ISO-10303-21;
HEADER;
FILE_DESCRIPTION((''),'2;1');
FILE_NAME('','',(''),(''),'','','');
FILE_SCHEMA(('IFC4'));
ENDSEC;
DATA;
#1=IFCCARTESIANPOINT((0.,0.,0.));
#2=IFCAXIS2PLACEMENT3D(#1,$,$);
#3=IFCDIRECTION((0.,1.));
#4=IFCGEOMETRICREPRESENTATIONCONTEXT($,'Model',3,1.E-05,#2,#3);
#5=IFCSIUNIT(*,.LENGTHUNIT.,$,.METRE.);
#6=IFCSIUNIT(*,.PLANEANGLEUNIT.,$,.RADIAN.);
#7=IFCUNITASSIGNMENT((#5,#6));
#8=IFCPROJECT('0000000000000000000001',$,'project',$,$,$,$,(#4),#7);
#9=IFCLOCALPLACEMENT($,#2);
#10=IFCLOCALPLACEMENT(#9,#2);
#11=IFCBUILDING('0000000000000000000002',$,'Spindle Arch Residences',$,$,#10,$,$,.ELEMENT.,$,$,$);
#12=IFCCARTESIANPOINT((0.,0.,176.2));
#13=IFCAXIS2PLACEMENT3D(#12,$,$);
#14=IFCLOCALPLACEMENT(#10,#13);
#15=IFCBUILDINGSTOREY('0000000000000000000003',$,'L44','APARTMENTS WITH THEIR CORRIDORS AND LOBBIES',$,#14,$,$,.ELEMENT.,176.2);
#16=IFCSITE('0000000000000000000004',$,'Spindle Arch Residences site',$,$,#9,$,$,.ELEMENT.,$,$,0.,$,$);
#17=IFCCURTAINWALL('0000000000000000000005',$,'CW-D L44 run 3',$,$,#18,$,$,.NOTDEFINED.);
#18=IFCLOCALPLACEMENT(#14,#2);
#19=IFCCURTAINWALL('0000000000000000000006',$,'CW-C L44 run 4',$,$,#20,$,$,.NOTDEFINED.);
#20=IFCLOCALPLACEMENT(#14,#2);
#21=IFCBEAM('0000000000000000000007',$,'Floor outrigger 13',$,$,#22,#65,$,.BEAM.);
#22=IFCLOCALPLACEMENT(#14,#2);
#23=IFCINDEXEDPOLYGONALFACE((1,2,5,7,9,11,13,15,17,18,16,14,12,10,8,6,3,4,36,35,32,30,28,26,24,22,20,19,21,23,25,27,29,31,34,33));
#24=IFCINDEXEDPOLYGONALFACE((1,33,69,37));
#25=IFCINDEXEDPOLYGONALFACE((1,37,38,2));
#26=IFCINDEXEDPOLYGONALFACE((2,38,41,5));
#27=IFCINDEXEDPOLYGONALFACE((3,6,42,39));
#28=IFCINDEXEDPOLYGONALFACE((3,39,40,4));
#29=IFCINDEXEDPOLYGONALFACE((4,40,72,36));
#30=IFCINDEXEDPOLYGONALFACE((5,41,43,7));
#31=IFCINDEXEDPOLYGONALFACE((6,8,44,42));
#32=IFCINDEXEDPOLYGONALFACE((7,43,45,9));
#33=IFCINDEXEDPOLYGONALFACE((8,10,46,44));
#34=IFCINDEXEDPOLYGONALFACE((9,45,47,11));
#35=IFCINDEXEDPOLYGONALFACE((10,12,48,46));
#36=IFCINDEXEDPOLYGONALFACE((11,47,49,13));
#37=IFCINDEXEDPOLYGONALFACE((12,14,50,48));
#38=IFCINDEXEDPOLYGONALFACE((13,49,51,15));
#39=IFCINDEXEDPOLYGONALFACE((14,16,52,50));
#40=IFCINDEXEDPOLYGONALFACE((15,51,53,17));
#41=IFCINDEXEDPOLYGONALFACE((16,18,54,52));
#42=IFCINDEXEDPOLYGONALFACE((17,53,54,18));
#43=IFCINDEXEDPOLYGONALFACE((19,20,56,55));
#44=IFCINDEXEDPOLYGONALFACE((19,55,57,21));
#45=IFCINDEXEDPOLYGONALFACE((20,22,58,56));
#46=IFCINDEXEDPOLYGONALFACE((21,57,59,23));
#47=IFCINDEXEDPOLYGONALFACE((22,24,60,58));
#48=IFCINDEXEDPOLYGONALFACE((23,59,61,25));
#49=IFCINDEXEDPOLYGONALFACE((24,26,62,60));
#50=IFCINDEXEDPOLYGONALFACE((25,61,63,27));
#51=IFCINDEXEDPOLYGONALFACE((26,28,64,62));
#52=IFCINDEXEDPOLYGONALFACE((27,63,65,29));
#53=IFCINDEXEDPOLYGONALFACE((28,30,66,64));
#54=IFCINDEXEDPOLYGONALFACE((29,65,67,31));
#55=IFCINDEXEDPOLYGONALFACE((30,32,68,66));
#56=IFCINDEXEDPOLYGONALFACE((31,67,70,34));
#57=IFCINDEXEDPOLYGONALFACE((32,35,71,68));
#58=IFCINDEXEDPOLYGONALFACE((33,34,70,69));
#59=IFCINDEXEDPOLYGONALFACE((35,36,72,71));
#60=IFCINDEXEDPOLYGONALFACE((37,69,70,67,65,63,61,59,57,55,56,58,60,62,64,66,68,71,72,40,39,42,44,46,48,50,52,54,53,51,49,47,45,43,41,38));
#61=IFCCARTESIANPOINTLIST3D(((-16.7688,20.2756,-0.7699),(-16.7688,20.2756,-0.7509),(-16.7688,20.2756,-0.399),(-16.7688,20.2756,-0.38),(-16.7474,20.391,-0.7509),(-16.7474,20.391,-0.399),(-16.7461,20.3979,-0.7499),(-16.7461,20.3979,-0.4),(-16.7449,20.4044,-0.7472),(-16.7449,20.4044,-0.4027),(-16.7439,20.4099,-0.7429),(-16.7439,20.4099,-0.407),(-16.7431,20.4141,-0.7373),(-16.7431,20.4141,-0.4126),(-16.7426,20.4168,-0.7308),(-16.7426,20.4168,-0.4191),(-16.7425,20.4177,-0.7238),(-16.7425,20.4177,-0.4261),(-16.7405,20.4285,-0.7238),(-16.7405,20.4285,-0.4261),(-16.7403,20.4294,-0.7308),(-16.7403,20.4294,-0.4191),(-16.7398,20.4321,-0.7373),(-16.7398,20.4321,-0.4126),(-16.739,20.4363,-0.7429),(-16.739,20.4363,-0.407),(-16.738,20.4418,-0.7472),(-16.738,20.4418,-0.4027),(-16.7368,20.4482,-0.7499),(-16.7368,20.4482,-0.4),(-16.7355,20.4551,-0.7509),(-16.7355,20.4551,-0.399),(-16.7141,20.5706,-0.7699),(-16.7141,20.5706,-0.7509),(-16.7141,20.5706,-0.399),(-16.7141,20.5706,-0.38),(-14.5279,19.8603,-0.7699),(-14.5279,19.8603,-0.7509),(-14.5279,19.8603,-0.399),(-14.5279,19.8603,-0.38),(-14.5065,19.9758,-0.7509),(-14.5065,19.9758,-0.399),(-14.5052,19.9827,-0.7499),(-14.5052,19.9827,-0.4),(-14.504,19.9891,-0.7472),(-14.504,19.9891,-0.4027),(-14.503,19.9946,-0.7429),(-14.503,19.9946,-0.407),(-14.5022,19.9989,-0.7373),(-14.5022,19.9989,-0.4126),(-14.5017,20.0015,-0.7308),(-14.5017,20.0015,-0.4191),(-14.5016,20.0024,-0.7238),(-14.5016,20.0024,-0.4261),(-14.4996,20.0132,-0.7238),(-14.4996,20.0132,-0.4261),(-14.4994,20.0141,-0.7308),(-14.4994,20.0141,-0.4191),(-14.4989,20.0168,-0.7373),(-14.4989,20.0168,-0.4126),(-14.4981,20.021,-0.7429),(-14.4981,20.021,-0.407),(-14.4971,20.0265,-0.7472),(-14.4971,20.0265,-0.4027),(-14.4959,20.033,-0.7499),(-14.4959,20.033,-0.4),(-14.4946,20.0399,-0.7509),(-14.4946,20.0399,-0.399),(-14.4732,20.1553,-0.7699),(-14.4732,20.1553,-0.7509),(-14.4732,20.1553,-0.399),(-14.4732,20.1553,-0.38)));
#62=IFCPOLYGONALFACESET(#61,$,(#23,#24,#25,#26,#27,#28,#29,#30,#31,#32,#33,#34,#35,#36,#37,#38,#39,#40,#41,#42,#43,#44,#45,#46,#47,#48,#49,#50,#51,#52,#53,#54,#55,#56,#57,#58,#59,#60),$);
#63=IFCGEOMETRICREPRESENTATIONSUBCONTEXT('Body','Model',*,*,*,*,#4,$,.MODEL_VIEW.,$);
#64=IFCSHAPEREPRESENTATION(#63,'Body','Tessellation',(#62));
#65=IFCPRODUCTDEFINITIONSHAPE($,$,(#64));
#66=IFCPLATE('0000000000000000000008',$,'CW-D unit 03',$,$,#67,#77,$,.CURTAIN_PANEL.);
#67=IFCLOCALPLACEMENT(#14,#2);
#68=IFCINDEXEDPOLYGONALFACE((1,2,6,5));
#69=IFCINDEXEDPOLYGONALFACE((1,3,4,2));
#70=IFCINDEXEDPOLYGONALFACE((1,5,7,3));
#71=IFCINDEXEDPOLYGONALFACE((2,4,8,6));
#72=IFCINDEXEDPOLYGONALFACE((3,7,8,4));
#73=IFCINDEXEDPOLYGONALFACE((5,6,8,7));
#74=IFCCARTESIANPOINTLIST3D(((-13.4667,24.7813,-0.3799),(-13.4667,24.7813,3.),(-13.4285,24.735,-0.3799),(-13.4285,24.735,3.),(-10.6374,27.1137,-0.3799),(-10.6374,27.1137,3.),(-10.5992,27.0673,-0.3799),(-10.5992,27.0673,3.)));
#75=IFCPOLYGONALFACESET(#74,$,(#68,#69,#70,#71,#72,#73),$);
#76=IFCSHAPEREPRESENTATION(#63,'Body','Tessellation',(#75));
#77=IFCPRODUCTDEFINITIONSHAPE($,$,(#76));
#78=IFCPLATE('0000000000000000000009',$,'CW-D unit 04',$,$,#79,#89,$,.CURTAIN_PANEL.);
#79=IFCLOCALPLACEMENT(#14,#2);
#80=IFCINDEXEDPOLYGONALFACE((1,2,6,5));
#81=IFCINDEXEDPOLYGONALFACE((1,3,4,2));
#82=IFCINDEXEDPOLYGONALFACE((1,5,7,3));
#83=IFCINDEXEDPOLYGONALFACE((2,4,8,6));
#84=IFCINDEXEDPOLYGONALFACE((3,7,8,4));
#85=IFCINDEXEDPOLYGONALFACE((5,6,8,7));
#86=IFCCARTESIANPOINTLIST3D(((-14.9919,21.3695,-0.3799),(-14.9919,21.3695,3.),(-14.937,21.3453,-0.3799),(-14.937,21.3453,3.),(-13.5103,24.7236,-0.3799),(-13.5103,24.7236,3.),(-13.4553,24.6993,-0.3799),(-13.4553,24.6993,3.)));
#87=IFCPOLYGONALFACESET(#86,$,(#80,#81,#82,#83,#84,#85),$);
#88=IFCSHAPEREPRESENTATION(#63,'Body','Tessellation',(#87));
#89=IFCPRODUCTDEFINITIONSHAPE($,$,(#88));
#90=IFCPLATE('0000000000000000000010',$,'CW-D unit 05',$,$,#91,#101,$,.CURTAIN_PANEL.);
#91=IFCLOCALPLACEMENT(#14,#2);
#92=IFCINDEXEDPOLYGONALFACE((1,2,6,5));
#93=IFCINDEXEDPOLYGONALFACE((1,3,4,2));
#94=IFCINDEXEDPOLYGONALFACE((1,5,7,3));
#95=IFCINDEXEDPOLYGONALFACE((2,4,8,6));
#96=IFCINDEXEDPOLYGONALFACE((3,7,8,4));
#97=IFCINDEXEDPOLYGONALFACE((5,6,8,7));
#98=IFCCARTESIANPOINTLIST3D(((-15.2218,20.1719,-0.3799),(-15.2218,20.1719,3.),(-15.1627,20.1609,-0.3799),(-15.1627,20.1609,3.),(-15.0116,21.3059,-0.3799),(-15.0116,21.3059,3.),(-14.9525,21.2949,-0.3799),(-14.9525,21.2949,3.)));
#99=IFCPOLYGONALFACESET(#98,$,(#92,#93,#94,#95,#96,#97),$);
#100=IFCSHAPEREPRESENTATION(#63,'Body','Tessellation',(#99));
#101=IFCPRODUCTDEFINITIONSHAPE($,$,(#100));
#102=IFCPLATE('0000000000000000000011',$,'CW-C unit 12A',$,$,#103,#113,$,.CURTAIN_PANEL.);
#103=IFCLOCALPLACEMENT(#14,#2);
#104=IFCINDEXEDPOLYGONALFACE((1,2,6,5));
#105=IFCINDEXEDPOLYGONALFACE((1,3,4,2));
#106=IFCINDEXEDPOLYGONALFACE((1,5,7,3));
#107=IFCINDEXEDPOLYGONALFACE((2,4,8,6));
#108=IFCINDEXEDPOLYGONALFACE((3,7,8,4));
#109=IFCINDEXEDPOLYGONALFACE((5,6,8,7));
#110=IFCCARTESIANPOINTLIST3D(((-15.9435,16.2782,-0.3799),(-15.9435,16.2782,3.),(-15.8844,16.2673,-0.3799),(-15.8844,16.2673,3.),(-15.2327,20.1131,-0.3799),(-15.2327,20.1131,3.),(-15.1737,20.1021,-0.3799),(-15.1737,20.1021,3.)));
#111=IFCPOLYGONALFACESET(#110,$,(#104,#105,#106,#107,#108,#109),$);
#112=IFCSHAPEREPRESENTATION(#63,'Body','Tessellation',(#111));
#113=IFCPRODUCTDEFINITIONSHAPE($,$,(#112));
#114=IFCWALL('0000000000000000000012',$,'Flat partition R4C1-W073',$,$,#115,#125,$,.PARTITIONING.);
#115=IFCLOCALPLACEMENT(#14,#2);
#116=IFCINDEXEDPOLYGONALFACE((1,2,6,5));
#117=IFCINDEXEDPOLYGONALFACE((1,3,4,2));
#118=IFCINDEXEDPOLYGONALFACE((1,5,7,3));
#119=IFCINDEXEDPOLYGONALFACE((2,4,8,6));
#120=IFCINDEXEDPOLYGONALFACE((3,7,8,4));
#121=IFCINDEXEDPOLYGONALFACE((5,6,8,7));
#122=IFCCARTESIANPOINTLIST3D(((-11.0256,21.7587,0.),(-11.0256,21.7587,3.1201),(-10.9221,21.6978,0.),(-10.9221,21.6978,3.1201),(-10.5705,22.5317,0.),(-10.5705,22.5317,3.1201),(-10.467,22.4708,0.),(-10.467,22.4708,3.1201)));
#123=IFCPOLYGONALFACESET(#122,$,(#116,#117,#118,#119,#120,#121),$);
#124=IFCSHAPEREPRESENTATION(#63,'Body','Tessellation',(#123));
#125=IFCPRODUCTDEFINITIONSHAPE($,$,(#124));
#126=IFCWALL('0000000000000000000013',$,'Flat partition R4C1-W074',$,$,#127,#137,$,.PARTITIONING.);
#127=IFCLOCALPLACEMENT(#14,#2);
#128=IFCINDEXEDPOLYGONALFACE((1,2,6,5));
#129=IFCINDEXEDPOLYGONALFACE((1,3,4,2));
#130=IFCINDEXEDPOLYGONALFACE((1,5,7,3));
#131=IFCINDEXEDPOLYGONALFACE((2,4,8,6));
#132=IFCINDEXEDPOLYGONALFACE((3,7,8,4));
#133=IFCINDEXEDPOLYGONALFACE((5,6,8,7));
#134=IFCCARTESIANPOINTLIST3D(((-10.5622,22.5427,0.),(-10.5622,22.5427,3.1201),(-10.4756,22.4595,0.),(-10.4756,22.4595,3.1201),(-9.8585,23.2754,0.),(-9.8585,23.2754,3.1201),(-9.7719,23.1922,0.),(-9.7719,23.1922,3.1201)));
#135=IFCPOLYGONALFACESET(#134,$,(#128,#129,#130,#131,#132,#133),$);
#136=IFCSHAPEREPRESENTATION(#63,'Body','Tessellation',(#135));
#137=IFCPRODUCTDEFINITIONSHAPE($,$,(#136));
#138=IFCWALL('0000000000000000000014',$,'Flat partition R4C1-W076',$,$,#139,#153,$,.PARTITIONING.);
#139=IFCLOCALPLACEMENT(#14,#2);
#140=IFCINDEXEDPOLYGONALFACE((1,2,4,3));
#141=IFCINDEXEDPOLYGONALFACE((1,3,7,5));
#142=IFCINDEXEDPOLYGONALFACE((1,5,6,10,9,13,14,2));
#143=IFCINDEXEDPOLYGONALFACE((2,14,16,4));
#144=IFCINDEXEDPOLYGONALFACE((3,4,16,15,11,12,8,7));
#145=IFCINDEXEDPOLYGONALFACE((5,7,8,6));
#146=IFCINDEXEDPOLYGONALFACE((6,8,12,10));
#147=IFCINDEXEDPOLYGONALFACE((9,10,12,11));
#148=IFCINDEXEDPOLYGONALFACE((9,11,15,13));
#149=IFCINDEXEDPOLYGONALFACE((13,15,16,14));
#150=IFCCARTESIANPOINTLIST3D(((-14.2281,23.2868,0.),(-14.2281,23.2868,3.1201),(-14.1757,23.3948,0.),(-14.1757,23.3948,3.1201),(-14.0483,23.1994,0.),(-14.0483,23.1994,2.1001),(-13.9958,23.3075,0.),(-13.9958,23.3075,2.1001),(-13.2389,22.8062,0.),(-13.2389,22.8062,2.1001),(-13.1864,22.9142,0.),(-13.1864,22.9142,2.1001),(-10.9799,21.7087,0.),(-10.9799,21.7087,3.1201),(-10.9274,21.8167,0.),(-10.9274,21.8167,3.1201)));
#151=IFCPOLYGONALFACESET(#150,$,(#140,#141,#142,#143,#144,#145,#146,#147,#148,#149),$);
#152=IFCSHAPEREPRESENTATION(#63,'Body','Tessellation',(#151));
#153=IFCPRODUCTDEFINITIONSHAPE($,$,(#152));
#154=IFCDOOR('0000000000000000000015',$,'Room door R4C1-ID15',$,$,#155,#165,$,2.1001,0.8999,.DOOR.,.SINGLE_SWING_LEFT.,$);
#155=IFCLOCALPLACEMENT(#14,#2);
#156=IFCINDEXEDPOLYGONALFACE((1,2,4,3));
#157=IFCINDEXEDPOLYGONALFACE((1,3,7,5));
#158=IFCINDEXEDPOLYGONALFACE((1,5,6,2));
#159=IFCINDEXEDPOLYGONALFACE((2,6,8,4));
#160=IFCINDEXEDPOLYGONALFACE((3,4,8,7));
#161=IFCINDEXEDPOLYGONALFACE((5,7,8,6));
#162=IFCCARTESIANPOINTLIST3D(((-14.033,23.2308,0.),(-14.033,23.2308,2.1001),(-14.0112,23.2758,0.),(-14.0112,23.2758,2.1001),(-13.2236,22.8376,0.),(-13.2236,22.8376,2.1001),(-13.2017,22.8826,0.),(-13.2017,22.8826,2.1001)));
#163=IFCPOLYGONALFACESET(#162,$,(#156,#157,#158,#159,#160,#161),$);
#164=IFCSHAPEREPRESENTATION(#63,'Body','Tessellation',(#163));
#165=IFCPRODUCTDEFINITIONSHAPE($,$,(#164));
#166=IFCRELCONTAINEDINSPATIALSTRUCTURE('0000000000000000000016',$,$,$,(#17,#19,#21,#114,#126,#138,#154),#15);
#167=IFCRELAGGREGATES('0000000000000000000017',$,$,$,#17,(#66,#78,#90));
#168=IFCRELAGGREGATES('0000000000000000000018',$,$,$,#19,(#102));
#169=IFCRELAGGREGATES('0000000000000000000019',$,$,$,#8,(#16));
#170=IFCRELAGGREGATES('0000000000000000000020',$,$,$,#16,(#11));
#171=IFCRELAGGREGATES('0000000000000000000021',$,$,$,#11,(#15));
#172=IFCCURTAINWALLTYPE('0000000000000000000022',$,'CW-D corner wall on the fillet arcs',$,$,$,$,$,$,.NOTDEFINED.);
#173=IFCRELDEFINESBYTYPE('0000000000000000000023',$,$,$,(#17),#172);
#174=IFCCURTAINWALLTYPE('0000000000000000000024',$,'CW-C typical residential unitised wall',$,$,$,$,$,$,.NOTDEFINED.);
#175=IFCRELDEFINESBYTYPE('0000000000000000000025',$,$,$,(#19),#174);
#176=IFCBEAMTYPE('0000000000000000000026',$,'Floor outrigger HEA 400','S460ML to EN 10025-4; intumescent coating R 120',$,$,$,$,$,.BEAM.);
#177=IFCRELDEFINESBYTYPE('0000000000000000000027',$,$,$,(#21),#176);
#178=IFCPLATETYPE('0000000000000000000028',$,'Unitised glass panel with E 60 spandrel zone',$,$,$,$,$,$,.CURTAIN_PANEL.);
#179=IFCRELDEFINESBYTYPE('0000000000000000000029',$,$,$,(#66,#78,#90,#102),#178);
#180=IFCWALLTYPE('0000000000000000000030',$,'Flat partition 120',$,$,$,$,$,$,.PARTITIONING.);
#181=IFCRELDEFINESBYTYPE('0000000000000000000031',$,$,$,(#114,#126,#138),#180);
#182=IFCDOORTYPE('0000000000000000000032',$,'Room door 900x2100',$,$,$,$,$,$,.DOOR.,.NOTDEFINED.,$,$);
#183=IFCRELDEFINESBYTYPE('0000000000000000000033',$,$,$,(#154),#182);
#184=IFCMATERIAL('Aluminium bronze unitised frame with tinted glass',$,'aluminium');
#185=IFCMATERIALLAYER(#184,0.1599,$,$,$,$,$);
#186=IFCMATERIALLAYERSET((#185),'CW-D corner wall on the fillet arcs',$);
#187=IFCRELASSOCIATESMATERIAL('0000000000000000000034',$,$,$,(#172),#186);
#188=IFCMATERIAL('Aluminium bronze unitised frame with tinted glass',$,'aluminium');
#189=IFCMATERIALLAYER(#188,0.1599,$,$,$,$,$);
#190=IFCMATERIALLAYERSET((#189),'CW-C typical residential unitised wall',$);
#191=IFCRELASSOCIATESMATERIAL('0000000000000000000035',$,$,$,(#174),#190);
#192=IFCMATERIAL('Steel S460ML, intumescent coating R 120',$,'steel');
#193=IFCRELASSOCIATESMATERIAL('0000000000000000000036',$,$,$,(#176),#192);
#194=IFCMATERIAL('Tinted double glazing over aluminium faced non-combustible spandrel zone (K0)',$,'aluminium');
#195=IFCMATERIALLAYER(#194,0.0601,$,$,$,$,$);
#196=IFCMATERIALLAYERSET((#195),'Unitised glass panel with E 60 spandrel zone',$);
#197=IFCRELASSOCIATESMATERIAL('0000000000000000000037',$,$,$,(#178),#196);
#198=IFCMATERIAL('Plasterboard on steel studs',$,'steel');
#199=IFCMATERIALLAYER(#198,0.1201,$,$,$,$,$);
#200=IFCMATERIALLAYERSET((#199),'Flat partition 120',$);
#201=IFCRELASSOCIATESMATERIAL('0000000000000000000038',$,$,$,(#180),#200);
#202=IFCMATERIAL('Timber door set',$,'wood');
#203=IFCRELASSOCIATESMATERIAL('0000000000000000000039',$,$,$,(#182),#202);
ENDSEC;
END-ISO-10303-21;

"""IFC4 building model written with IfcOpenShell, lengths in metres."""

from ifc_helpers import new_model, si_unit, direction, frame, frame_2d, origin, origin_2d, place, context, subcontext, project, spatial, rectangle, i_section, extrude, material, layer, layer_set, material_profile, profile_set, type_object, element, fill, aggregate, save


model = new_model("IFC4")

# Units and contexts
model_context = context("Model", 3, precision=1e-05, world=origin(), true_north=direction((0.0, 1.0)))
body_context = subcontext(model_context, "Body", "Model", "MODEL_VIEW")
ifc_project = project(units=[si_unit("LENGTHUNIT", "METRE"), si_unit("PLANEANGLEUNIT", "RADIAN")], contexts=[model_context])

# Site, building, storey
site_placement = place(None, origin())
site = spatial("IfcSite", under=ifc_project, at=site_placement, Name="Spindle Arch Residences site", CompositionType="ELEMENT", RefElevation=0.0)
building_placement = place(site_placement, origin())
building = spatial("IfcBuilding", under=site, at=building_placement, Name="Spindle Arch Residences", CompositionType="ELEMENT")
storey_placement = place(building_placement, frame((0.0, 0.0, 176.2)))
storey = spatial("IfcBuildingStorey", under=building, at=storey_placement, Name="L44", Description="APARTMENTS WITH THEIR CORRIDORS AND LOBBIES", CompositionType="ELEMENT", Elevation=176.2)

# Curtain wall
ifc_material_1 = material(Name="Aluminium bronze unitised frame with tinted glass", Category="aluminium")
ifc_layer_1 = layer(ifc_material_1, 0.1599)
ifc_layer_set_1 = layer_set([ifc_layer_1], Name="CW-D corner wall on the fillet arcs")
curtain_wall_type_1 = type_object("IfcCurtainWallType", Name="CW-D corner wall on the fillet arcs", PredefinedType="NOTDEFINED", material=ifc_layer_set_1)
curtain_wall_1_placement = place(storey_placement, origin())
curtain_wall_1 = element("IfcCurtainWall", 1, at=curtain_wall_1_placement, inside=storey, type_object=curtain_wall_type_1, Name="CW-D L44 run 3", PredefinedType="NOTDEFINED")

# Curtain wall
ifc_material_2 = material(Name="Aluminium bronze unitised frame with tinted glass", Category="aluminium")
ifc_layer_2 = layer(ifc_material_2, 0.1599)
ifc_layer_set_2 = layer_set([ifc_layer_2], Name="CW-C typical residential unitised wall")
curtain_wall_type_2 = type_object("IfcCurtainWallType", Name="CW-C typical residential unitised wall", PredefinedType="NOTDEFINED", material=ifc_layer_set_2)
curtain_wall_2_placement = place(storey_placement, origin())
curtain_wall_2 = element("IfcCurtainWall", 2, at=curtain_wall_2_placement, inside=storey, type_object=curtain_wall_type_2, Name="CW-C L44 run 4", PredefinedType="NOTDEFINED")

# Beam
ifc_material_3 = material(Name="Steel S460ML, intumescent coating R 120", Category="steel")
ifc_material_profile_1 = material_profile(ifc_material_3, i_section(OverallWidth=0.3, OverallDepth=0.3899, WebThickness=0.011, FlangeThickness=0.019, FilletRadius=0.0271, at=origin_2d()), Name="HEA 400")
ifc_profile_set_1 = profile_set([ifc_material_profile_1], Name="Steel S460ML, intumescent coating R 120")
beam_type_1 = type_object("IfcBeamType", Name="Floor outrigger HEA 400", Description="S460ML to EN 10025-4; intumescent coating R 120", PredefinedType="BEAM", material=ifc_profile_set_1)
beam_1_placement = place(storey_placement, frame((-16.7415, 20.4231, -0.575), z_axis=(0.983259, -0.182212, 0.0), x_axis=(0.182212, 0.983259, 0.0)))
element("IfcBeam", 3, at=beam_1_placement, inside=storey, type_object=beam_type_1, Name="Floor outrigger 13", PredefinedType="BEAM", context=body_context, shape_type="SweptSolid", body=[
    extrude(i_section(OverallWidth=0.3, OverallDepth=0.3899, WebThickness=0.011, FlangeThickness=0.019, FilletRadius=0.0271, at=origin_2d()), origin(), (0.0, 0.0, 1.0), 2.2791),
])

# Plates
ifc_material_4 = material(Name="Tinted double glazing over aluminium faced non-combustible spandrel zone (K0)", Category="aluminium")
ifc_layer_3 = layer(ifc_material_4, 0.0601)
ifc_layer_set_3 = layer_set([ifc_layer_3], Name="Unitised glass panel with E 60 spandrel zone")
plate_type = type_object("IfcPlateType", Name="Unitised glass panel with E 60 spandrel zone", PredefinedType="CURTAIN_PANEL", material=ifc_layer_set_3)
plate_1_placement = place(storey_placement, frame((-12.033, 25.9243, -0.3799), z_axis=(0.0, 0.0, 1.0), x_axis=(-0.771625, -0.636078, 0.0)))
plate_1 = element("IfcPlate", 4, at=plate_1_placement, type_object=plate_type, Name="CW-D unit 03", PredefinedType="CURTAIN_PANEL", context=body_context, shape_type="SweptSolid", body=[
    extrude(rectangle(XDim=3.6667, YDim=0.0601, at=origin_2d()), origin(), (0.0, 0.0, 1.0), 3.3799),
])
plate_2_placement = place(storey_placement, frame((-14.2236, 23.0344, -0.3799), z_axis=(0.0, 0.0, 1.0), x_axis=(-0.404078, -0.914725, 0.0)))
plate_2 = element("IfcPlate", 5, at=plate_2_placement, type_object=plate_type, Name="CW-D unit 04", PredefinedType="CURTAIN_PANEL", context=body_context, shape_type="SweptSolid", body=[
    extrude(rectangle(XDim=3.6667, YDim=0.0601, at=origin_2d()), origin(), (0.0, 0.0, 1.0), 3.3799),
])
plate_3_placement = place(storey_placement, frame((-15.0872, 20.7334, -0.3799), z_axis=(0.0, 0.0, 1.0), x_axis=(-0.182236, -0.983255, 0.0)))
plate_3 = element("IfcPlate", 6, at=plate_3_placement, type_object=plate_type, Name="CW-D unit 05", PredefinedType="CURTAIN_PANEL", context=body_context, shape_type="SweptSolid", body=[
    extrude(rectangle(XDim=1.1533, YDim=0.0601, at=origin_2d()), origin(), (0.0, 0.0, 1.0), 3.3799),
])
aggregate(curtain_wall_1, [plate_1, plate_2, plate_3])
plate_4_placement = place(storey_placement, frame((-15.5586, 18.1902, -0.3799), z_axis=(0.0, 0.0, 1.0), x_axis=(-0.182236, -0.983255, 0.0)))
plate_4 = element("IfcPlate", 7, at=plate_4_placement, type_object=plate_type, Name="CW-C unit 12A", PredefinedType="CURTAIN_PANEL", context=body_context, shape_type="SweptSolid", body=[
    extrude(rectangle(XDim=3.9001, YDim=0.0601, at=origin_2d()), origin(), (0.0, 0.0, 1.0), 3.3799),
])
aggregate(curtain_wall_2, [plate_4])

# Walls
ifc_material_5 = material(Name="Plasterboard on steel studs", Category="steel")
ifc_layer_4 = layer(ifc_material_5, 0.1201)
ifc_layer_set_4 = layer_set([ifc_layer_4], Name="Flat partition 120")
wall_type = type_object("IfcWallType", Name="Flat partition 120", PredefinedType="PARTITIONING", material=ifc_layer_set_4)
wall_1_placement = place(storey_placement, frame((-10.9739, 21.7283, 0.0), z_axis=(0.0, 0.0, 1.0), x_axis=(0.507353, 0.861738, 0.0)))
element("IfcWall", 8, at=wall_1_placement, inside=storey, type_object=wall_type, Name="Flat partition R4C1-W073", PredefinedType="PARTITIONING", context=body_context, shape_type="SweptSolid", body=[
    extrude(rectangle(XDim=0.897, YDim=0.1201, at=frame_2d((0.4485, 0.0))), origin(), (0.0, 0.0, 1.0), 3.1201),
])
wall_2_placement = place(storey_placement, frame((-10.5188, 22.5012, 0.0), z_axis=(0.0, 0.0, 1.0), x_axis=(0.692662, 0.721262, 0.0)))
element("IfcWall", 9, at=wall_2_placement, inside=storey, type_object=wall_type, Name="Flat partition R4C1-W074", PredefinedType="PARTITIONING", context=body_context, shape_type="SweptSolid", body=[
    extrude(rectangle(XDim=1.0159, YDim=0.1201, at=frame_2d((0.5078, 0.0))), origin(), (0.0, 0.0, 1.0), 3.1201),
])

# Wall, opening, door
wall_3_placement = place(storey_placement, frame((-14.2019, 23.3408, 0.0), z_axis=(0.0, 0.0, 1.0), x_axis=(0.899466, -0.43699, 0.0)))
wall_3 = element("IfcWall", 10, at=wall_3_placement, inside=storey, type_object=wall_type, Name="Flat partition R4C1-W076", PredefinedType="PARTITIONING", context=body_context, shape_type="SweptSolid", body=[
    extrude(rectangle(XDim=3.6113, YDim=0.1201, at=frame_2d((1.8057, 0.0))), origin(), (0.0, 0.0, 1.0), 3.1201),
])
opening_1_placement = place(wall_3_placement, frame((0.2, 0.0, 0.0)))
opening_1 = element("IfcOpeningElement", 11, at=opening_1_placement, cuts=wall_3, PredefinedType="OPENING", context=body_context, shape_type="SweptSolid", body=[
    extrude(rectangle(XDim=0.8999, YDim=2.1001, at=frame_2d((0.45, 1.05))), frame((0.0, 0.0701, 0.0), z_axis=(0.0, -1.0, 0.0), x_axis=(1.0, 0.0, 0.0)), (0.0, 0.0, 1.0), 0.1401),
])
ifc_material_6 = material(Name="Timber door set", Category="wood")
door_type = type_object("IfcDoorType", Name="Room door 900x2100", OperationType="NOTDEFINED", PredefinedType="DOOR", material=ifc_material_6)
door_1_placement = place(opening_1_placement, origin())
door_1 = element("IfcDoor", 12, at=door_1_placement, inside=storey, type_object=door_type, Name="Room door R4C1-ID15", OperationType="SINGLE_SWING_LEFT", OverallHeight=2.1001, OverallWidth=0.8999, PredefinedType="DOOR", context=body_context, shape_type="SweptSolid", body=[
    extrude(rectangle(XDim=0.8999, YDim=2.1001, at=frame_2d((0.45, 1.05))), frame((0.0, 0.0249, 0.0), z_axis=(0.0, -1.0, 0.0), x_axis=(1.0, 0.0, 0.0)), (0.0, 0.0, 1.0), 0.05),
])
fill(opening_1, door_1)

save(model, "model.ifc")
